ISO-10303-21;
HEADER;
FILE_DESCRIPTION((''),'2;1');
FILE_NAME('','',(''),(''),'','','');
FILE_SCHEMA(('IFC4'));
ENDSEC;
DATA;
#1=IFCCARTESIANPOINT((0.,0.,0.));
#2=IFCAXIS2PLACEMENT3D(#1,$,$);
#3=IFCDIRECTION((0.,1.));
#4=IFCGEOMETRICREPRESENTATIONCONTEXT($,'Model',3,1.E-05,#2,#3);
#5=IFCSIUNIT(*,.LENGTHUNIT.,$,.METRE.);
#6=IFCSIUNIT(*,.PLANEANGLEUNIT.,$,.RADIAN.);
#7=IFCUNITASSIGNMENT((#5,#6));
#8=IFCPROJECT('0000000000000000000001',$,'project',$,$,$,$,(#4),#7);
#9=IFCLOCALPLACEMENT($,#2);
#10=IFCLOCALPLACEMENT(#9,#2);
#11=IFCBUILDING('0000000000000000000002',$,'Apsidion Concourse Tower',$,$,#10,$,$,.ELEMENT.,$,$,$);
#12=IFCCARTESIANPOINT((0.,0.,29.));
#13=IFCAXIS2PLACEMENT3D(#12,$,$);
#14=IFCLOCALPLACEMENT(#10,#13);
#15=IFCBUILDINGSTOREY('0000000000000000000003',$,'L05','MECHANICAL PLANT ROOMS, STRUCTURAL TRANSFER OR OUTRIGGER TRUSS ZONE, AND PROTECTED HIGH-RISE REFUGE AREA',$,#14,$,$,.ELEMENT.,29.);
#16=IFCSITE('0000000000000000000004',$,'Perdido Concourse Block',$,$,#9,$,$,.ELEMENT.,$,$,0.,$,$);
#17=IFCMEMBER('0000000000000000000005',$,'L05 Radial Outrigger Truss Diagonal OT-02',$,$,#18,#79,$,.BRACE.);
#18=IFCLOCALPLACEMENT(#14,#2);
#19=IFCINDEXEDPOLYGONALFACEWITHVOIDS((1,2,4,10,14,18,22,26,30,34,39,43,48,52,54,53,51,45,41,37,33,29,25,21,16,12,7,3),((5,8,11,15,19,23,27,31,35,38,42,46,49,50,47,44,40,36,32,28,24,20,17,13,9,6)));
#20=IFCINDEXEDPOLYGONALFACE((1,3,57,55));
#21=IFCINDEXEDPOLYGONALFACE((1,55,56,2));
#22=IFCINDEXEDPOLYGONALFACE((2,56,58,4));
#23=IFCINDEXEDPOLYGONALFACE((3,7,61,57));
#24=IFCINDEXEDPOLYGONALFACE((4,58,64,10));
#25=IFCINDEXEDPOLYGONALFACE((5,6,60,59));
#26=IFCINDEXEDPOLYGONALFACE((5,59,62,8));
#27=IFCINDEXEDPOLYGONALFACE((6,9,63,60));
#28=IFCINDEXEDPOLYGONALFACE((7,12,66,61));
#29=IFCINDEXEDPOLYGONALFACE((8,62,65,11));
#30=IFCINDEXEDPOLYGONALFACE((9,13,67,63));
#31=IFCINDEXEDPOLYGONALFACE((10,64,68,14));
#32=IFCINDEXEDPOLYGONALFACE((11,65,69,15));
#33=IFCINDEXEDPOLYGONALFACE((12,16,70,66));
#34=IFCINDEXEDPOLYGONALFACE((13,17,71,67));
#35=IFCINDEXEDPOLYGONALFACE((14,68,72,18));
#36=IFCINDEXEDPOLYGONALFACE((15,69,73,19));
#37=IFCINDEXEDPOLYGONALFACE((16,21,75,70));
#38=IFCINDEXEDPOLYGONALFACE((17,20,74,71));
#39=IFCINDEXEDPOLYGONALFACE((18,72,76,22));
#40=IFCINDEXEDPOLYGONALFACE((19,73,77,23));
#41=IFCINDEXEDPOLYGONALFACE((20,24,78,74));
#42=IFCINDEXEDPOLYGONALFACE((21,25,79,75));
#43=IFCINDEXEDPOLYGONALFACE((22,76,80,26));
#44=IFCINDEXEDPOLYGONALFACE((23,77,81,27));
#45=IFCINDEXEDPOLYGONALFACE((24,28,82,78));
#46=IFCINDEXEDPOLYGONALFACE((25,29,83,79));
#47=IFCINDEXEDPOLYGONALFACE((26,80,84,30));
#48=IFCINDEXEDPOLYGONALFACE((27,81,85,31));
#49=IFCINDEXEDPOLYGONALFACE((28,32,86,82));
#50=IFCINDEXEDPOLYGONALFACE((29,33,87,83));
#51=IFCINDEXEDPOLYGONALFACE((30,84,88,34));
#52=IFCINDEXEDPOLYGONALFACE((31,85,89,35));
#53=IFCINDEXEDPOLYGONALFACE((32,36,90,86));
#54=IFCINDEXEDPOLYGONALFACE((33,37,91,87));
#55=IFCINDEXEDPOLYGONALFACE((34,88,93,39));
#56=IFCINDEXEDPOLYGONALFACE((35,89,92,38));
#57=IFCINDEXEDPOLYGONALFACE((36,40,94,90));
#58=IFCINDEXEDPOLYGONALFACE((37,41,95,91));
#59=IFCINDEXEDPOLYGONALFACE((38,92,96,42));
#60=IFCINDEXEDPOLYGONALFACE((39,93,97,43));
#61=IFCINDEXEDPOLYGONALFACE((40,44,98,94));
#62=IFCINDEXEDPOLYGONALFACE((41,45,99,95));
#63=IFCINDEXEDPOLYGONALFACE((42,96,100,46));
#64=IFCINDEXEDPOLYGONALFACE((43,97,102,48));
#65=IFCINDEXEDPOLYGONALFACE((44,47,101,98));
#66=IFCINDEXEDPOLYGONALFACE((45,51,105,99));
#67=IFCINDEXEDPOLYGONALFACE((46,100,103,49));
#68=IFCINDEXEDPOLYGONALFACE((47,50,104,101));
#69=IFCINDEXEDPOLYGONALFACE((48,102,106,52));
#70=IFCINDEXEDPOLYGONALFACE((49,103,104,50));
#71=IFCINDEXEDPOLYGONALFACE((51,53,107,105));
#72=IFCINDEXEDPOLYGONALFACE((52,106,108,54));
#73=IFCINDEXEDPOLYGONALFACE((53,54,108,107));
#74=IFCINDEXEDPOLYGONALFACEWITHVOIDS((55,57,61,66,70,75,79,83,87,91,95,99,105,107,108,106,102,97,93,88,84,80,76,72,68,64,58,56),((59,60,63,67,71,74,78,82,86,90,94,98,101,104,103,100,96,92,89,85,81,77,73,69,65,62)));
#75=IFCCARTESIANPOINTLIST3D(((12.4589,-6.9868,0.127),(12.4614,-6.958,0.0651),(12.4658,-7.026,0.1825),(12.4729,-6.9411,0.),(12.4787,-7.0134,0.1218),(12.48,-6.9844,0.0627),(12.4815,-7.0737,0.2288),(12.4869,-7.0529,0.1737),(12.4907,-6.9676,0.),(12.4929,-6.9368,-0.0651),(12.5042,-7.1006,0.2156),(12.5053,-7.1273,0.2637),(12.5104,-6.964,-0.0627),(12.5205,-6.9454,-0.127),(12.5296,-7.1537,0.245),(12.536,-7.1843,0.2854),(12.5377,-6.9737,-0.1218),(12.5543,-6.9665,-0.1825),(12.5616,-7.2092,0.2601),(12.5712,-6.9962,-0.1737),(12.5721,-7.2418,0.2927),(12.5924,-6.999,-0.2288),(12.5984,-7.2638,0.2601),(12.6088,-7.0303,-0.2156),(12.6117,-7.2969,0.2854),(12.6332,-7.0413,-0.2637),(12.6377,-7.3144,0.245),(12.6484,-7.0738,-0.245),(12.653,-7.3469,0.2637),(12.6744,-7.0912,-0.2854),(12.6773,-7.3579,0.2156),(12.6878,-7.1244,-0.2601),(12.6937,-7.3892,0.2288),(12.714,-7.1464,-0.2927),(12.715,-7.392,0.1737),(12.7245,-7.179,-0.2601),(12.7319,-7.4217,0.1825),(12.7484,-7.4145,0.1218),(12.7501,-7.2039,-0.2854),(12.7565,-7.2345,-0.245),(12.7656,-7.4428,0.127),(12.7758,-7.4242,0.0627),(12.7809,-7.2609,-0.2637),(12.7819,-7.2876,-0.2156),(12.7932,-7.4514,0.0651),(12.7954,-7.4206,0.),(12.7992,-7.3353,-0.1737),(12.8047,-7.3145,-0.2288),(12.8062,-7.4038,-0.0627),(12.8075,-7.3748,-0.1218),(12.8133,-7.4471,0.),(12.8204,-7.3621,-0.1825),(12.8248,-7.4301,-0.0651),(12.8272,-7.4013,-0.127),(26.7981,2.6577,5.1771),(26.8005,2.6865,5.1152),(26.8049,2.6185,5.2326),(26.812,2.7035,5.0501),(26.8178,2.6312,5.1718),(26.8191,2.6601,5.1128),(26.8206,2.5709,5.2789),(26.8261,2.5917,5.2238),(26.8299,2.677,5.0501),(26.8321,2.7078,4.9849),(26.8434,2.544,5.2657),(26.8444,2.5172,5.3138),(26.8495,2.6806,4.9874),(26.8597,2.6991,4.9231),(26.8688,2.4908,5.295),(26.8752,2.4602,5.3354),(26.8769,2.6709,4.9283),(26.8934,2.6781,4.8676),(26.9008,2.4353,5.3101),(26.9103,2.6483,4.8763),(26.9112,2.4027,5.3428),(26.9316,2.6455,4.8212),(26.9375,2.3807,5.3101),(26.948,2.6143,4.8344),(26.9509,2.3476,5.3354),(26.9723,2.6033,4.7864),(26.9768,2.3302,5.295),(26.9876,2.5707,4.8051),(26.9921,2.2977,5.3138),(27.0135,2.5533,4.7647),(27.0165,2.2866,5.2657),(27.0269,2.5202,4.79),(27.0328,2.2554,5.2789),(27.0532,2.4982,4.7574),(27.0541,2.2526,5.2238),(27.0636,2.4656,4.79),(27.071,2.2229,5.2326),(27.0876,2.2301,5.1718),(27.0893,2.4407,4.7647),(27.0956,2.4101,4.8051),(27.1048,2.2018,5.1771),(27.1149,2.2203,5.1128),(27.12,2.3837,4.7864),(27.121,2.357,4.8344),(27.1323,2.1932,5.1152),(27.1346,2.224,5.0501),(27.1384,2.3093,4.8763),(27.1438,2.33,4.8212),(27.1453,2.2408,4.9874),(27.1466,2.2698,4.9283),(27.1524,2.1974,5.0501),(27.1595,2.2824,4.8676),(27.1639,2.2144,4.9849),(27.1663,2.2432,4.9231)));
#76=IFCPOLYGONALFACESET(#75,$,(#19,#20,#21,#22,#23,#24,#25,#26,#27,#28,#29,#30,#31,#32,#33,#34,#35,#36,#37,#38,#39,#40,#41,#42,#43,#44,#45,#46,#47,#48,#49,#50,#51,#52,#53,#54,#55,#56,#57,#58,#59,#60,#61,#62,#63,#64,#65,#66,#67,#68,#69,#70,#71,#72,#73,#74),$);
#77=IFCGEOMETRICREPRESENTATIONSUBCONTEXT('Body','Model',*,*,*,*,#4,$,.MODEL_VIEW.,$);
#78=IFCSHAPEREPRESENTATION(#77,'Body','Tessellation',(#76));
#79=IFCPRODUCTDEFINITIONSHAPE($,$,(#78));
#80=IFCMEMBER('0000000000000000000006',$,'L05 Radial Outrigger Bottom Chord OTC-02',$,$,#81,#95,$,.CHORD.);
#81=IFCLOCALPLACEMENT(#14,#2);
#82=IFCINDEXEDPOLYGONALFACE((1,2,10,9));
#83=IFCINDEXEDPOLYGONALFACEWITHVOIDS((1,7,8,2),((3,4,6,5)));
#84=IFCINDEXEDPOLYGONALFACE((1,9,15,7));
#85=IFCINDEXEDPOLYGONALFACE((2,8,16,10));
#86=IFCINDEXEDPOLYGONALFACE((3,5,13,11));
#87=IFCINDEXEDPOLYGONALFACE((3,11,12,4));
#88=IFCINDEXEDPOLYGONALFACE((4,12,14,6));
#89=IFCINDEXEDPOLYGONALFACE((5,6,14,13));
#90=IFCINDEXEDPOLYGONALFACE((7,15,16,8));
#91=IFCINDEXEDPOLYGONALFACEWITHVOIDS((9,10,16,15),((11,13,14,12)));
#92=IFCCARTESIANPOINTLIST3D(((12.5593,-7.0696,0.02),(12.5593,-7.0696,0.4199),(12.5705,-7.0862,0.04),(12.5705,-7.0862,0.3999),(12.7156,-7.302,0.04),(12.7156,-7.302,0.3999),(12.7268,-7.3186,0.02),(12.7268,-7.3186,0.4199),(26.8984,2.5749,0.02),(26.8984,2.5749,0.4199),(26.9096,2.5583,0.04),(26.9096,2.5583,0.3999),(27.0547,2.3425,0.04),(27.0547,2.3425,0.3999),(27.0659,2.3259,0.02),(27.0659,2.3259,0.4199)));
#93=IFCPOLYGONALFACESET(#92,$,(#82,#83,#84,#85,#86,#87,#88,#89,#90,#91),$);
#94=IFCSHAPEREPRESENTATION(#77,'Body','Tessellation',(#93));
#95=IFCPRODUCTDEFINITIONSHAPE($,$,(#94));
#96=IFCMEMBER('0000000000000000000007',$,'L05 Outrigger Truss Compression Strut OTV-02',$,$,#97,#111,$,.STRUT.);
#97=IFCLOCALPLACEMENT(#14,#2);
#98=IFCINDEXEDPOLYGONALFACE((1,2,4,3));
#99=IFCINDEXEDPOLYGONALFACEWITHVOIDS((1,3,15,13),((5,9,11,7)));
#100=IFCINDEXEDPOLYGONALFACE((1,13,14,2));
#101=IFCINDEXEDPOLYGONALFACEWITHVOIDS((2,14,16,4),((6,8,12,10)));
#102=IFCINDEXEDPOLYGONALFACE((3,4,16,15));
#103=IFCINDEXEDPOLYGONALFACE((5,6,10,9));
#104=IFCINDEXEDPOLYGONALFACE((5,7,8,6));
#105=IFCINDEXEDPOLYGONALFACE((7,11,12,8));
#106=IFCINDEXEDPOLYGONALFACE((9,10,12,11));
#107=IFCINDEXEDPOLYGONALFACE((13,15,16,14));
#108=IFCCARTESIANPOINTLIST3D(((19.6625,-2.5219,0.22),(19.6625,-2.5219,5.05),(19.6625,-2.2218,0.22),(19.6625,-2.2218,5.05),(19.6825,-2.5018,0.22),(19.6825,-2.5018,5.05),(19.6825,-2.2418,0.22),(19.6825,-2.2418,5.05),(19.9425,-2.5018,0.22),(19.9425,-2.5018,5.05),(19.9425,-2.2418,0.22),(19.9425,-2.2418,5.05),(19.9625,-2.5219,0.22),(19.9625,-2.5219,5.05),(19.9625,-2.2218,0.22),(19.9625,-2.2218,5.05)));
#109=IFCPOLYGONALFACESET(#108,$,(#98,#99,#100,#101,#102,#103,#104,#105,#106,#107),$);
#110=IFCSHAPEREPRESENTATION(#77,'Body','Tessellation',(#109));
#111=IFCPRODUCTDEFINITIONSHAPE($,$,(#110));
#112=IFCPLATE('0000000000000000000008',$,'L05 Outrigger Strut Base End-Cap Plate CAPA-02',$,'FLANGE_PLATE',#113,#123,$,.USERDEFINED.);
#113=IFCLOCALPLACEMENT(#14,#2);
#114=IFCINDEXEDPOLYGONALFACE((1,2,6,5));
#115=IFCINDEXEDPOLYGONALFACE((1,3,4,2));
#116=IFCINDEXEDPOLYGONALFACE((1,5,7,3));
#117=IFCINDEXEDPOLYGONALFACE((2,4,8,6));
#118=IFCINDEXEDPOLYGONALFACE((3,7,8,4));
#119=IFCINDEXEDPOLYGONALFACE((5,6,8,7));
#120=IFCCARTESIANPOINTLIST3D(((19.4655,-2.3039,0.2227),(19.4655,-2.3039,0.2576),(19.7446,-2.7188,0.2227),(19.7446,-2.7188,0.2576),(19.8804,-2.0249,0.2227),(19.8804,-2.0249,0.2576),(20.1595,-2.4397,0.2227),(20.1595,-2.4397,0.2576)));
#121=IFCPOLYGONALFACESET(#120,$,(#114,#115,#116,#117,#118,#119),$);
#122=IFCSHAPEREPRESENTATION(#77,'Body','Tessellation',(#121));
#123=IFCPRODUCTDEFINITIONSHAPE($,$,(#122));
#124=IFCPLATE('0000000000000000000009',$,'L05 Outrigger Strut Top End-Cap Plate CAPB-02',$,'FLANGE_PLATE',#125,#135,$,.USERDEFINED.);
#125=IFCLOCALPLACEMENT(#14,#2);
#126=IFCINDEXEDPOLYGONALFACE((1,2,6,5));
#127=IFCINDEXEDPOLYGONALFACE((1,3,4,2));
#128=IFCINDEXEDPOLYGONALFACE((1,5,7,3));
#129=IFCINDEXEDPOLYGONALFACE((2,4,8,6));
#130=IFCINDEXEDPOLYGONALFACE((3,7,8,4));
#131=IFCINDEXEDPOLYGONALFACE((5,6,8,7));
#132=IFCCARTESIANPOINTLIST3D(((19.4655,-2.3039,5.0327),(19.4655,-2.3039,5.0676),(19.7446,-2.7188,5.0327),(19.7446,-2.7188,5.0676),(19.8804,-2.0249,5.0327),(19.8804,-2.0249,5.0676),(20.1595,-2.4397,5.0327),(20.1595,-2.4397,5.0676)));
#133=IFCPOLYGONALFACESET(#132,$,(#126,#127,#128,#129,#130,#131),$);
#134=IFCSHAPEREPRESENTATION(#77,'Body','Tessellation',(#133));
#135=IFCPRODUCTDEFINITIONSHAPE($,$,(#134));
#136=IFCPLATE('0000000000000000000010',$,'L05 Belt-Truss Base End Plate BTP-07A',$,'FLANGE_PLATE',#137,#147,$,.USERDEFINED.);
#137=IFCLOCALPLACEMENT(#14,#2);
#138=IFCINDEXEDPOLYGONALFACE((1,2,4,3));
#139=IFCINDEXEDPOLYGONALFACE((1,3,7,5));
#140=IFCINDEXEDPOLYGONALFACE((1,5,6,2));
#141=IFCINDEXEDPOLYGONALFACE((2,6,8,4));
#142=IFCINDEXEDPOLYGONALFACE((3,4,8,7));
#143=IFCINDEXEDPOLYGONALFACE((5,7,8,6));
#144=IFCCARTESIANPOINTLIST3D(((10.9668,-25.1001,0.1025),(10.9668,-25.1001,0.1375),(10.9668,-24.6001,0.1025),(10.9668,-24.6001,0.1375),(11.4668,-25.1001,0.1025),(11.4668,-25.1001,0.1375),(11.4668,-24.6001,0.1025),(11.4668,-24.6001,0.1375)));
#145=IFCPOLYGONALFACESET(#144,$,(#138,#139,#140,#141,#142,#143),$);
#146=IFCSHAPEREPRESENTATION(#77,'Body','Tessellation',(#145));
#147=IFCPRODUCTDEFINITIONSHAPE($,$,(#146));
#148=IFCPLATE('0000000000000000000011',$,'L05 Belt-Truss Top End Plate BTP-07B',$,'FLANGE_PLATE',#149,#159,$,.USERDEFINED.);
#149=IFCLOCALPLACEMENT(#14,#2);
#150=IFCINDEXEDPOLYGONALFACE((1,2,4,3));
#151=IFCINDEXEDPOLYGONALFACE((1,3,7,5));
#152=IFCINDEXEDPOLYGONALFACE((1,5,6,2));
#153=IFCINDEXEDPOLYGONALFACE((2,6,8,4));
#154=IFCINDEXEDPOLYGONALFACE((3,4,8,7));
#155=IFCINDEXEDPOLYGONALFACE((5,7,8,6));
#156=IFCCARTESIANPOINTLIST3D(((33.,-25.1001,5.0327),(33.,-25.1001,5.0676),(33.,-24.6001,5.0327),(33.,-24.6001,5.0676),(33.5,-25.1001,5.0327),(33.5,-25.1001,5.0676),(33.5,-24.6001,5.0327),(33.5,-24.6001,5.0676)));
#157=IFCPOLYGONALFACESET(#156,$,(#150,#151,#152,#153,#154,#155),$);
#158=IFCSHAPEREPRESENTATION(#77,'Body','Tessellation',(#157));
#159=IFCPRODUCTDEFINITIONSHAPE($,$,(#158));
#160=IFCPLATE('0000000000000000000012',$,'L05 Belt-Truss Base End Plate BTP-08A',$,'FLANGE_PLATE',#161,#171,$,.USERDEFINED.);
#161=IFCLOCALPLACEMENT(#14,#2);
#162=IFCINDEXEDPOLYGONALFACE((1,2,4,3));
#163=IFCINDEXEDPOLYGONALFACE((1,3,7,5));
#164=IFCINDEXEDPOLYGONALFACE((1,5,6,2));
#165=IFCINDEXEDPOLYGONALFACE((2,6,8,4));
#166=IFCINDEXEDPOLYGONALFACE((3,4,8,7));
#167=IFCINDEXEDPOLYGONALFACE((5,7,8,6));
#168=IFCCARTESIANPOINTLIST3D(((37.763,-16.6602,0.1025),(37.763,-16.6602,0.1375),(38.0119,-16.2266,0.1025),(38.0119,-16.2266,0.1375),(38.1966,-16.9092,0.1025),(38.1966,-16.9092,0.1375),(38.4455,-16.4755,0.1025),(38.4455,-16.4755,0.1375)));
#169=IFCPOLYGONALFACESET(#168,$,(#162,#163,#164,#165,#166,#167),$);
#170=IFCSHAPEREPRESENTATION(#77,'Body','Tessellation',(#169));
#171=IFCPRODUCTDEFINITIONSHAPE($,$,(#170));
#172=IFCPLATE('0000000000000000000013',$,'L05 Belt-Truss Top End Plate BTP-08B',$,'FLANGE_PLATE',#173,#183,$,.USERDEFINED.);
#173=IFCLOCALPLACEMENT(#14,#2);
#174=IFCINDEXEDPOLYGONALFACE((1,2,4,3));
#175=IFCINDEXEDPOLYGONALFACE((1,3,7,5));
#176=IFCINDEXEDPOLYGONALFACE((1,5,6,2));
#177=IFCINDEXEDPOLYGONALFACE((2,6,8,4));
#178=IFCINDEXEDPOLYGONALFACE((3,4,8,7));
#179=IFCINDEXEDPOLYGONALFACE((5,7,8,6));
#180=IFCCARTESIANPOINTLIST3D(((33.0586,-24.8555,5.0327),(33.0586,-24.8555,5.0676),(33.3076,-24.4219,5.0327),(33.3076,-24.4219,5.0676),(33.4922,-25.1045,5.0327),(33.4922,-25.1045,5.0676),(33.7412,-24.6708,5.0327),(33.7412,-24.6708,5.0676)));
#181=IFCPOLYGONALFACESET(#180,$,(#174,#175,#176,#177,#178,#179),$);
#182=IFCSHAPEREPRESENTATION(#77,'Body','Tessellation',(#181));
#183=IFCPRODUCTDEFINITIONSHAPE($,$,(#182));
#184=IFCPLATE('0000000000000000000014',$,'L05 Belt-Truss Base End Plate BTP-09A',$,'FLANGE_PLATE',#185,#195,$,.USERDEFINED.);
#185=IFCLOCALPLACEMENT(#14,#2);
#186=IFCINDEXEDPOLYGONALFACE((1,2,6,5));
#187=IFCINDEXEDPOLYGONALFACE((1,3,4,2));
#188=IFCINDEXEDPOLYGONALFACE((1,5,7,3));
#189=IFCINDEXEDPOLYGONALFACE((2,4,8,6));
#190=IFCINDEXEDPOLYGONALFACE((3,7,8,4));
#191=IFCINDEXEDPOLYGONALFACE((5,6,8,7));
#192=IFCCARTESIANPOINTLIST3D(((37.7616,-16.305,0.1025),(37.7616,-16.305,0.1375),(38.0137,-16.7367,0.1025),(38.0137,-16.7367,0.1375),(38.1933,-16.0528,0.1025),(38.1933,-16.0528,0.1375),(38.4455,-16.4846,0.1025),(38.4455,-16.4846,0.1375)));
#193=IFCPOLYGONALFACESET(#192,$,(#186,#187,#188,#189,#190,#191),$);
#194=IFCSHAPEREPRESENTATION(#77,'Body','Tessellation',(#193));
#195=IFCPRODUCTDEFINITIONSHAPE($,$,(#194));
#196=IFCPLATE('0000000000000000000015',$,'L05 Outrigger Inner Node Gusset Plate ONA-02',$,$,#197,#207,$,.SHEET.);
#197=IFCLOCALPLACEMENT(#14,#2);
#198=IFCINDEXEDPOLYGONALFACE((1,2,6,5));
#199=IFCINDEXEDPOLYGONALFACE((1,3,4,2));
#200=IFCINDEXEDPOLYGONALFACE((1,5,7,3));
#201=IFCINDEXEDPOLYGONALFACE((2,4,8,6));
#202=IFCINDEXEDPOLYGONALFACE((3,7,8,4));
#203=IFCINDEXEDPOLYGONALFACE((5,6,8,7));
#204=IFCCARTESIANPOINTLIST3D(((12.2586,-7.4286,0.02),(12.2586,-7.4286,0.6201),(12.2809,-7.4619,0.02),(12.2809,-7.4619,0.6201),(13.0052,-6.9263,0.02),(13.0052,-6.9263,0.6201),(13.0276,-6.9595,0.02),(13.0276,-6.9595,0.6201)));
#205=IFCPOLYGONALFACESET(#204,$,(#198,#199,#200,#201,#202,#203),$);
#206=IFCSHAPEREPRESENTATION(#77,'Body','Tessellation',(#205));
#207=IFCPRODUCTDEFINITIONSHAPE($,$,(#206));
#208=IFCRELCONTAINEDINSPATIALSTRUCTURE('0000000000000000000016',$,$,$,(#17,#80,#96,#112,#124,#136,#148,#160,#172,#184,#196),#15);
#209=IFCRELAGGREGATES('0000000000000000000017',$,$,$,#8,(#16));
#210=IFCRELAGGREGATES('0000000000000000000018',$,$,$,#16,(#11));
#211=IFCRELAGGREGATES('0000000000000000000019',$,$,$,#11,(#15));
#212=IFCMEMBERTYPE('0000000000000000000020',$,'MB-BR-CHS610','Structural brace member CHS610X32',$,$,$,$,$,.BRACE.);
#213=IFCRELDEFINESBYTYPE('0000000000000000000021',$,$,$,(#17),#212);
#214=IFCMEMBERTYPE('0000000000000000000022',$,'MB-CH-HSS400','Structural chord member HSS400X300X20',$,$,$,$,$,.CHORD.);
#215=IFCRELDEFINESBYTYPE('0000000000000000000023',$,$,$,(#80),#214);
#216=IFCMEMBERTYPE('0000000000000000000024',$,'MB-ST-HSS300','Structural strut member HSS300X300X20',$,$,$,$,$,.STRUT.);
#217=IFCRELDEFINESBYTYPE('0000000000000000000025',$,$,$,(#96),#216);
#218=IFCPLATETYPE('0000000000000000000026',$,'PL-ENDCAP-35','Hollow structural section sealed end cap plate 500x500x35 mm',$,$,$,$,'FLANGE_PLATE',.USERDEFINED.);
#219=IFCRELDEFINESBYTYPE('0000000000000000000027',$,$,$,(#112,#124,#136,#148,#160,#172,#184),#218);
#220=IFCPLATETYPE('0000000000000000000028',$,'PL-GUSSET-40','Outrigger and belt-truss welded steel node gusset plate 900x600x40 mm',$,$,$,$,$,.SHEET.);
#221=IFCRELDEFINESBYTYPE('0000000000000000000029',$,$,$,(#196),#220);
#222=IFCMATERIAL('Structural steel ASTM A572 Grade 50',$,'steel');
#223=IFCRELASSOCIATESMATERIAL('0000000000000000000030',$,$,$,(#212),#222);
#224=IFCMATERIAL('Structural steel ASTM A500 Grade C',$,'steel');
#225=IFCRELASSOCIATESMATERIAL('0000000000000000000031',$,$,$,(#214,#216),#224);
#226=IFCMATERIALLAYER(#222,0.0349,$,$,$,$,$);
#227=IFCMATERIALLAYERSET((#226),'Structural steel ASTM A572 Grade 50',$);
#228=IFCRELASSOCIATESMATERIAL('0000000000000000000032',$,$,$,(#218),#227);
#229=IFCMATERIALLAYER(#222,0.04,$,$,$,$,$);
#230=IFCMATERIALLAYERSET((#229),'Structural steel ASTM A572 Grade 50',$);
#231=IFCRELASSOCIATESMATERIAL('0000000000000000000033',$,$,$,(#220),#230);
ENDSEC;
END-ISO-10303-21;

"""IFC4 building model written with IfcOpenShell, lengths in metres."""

from ifc_helpers import new_model, si_unit, direction, frame, origin, origin_2d, place, context, subcontext, project, spatial, rectangle, hollow_rectangle, hollow_circle, extrude, material, layer, layer_set, material_profile, profile_set, type_object, element, save


model = new_model("IFC4")

# Units and contexts
model_context = context("Model", 3, precision=1e-05, world=origin(), true_north=direction((0.0, 1.0)))
body_context = subcontext(model_context, "Body", "Model", "MODEL_VIEW")
ifc_project = project(units=[si_unit("LENGTHUNIT", "METRE"), si_unit("PLANEANGLEUNIT", "RADIAN")], contexts=[model_context])

# Site, building, storey
site_placement = place(None, origin())
site = spatial("IfcSite", under=ifc_project, at=site_placement, Name="Perdido Concourse Block", CompositionType="ELEMENT", RefElevation=0.0)
building_placement = place(site_placement, origin())
building = spatial("IfcBuilding", under=site, at=building_placement, Name="Apsidion Concourse Tower", CompositionType="ELEMENT")
storey_placement = place(building_placement, frame((0.0, 0.0, 29.0)))
storey = spatial("IfcBuildingStorey", under=building, at=storey_placement, Name="L05", Description="MECHANICAL PLANT ROOMS, STRUCTURAL TRANSFER OR OUTRIGGER TRUSS ZONE, AND PROTECTED HIGH-RISE REFUGE AREA", CompositionType="ELEMENT", Elevation=29.0)

# Shared definitions
ifc_material_1 = material(Name="Structural steel ASTM A572 Grade 50", Category="steel")

# Members
ifc_material_2 = material(Name="Structural steel ASTM A500 Grade C", Category="steel")
ifc_material_profile_1 = material_profile(ifc_material_1, hollow_circle(Radius=0.3049, WallThickness=0.032, at=origin_2d()), Name="CHS610X32")
ifc_profile_set_1 = profile_set([ifc_material_profile_1], Name="Structural steel ASTM A572 Grade 50")
member_type_1 = type_object("IfcMemberType", Name="MB-BR-CHS610", Description="Structural brace member CHS610X32", PredefinedType="BRACE", material=ifc_profile_set_1)
member_1_placement = place(storey_placement, frame((12.6431, -7.1941, 0.0), z_axis=(0.796457, 0.5357, 0.280502), x_axis=(-0.558106, 0.82977, 0.0)))
element("IfcMember", 1, at=member_1_placement, inside=storey, type_object=member_type_1, Name="L05 Radial Outrigger Truss Diagonal OT-02", PredefinedType="BRACE", context=body_context, shape_type="SweptSolid", body=[
    extrude(hollow_circle(Radius=0.3049, WallThickness=0.032, at=origin_2d()), origin(), (0.0, 0.0, 1.0), 18.0037),
])
ifc_material_profile_2 = material_profile(ifc_material_2, hollow_rectangle(XDim=0.3, YDim=0.3999, WallThickness=0.02, at=origin_2d()), Name="HSS400X300X20")
ifc_profile_set_2 = profile_set([ifc_material_profile_2], Name="Structural steel ASTM A500 Grade C")
member_type_2 = type_object("IfcMemberType", Name="MB-CH-HSS400", Description="Structural chord member HSS400X300X20", PredefinedType="CHORD", material=ifc_profile_set_2)
member_2_placement = place(storey_placement, frame((12.6431, -7.1941, 0.22), z_axis=(0.82977, 0.558106, 0.0), x_axis=(-0.558106, 0.82977, 0.0)))
element("IfcMember", 2, at=member_2_placement, inside=storey, type_object=member_type_2, Name="L05 Radial Outrigger Bottom Chord OTC-02", PredefinedType="CHORD", context=body_context, shape_type="SweptSolid", body=[
    extrude(hollow_rectangle(XDim=0.3, YDim=0.3999, WallThickness=0.02, at=origin_2d()), origin(), (0.0, 0.0, 1.0), 17.2808),
])
ifc_material_profile_3 = material_profile(ifc_material_2, hollow_rectangle(XDim=0.3, YDim=0.3, WallThickness=0.02, at=origin_2d()), Name="HSS300X300X20")
ifc_profile_set_3 = profile_set([ifc_material_profile_3], Name="Structural steel ASTM A500 Grade C")
member_type_3 = type_object("IfcMemberType", Name="MB-ST-HSS300", Description="Structural strut member HSS300X300X20", PredefinedType="STRUT", material=ifc_profile_set_3)
member_3_placement = place(storey_placement, frame((19.8125, -2.3718, 0.22), z_axis=(0.0, 0.0, 1.0), x_axis=(1.0, 0.0, 0.0)))
element("IfcMember", 3, at=member_3_placement, inside=storey, type_object=member_type_3, Name="L05 Outrigger Truss Compression Strut OTV-02", PredefinedType="STRUT", context=body_context, shape_type="SweptSolid", body=[
    extrude(hollow_rectangle(XDim=0.3, YDim=0.3, WallThickness=0.02, at=origin_2d()), origin(), (0.0, 0.0, 1.0), 4.8301),
])

# Plates
ifc_layer_1 = layer(ifc_material_1, 0.0349)
ifc_layer_set_1 = layer_set([ifc_layer_1], Name="Structural steel ASTM A572 Grade 50")
plate_type_1 = type_object("IfcPlateType", Name="PL-ENDCAP-35", Description="Hollow structural section sealed end cap plate 500x500x35 mm", ElementType="FLANGE_PLATE", PredefinedType="USERDEFINED", material=ifc_layer_set_1)
for number, where, z_axis, x_axis, name in (
    (4, (19.8125, -2.3718, 0.2227), (0.0, 0.0, 1.0), (0.82972, 0.55818, 0.0), "L05 Outrigger Strut Base End-Cap Plate CAPA-02"),
    (5, (19.8125, -2.3718, 5.0327), (0.0, 0.0, 1.0), (0.82972, 0.55818, 0.0), "L05 Outrigger Strut Top End-Cap Plate CAPB-02"),
    (6, (11.2168, -24.8501, 0.1025), (0.0, 0.0, 1.0), (1.0, 0.0, 0.0), "L05 Belt-Truss Base End Plate BTP-07A"),
    (7, (33.25, -24.8501, 5.0327), (0.0, 0.0, 1.0), (1.0, 0.0, 0.0), "L05 Belt-Truss Top End Plate BTP-07B"),
    (8, (38.1042, -16.5679, 0.1025), (0.0, 0.0, 1.0), (0.497882, 0.867245, 0.0), "L05 Belt-Truss Base End Plate BTP-08A"),
    (9, (33.3999, -24.7632, 5.0327), (0.0, 0.0, 1.0), (0.497882, 0.867245, 0.0), "L05 Belt-Truss Top End Plate BTP-08B"),
    (10, (38.1035, -16.3948, 0.1025), (0.0, 0.0, 1.0), (-0.504377, 0.863484, 0.0), "L05 Belt-Truss Base End Plate BTP-09A"),
):
    element("IfcPlate", number, at=place(storey_placement, frame(where, z_axis=z_axis, x_axis=x_axis)), inside=storey, type_object=plate_type_1, Name=name, ObjectType="FLANGE_PLATE", PredefinedType="USERDEFINED", context=body_context, shape_type="SweptSolid", body=[
        extrude(rectangle(XDim=0.5, YDim=0.5, at=origin_2d()), origin(), (0.0, 0.0, 1.0), 0.0349),
    ])
ifc_layer_2 = layer(ifc_material_1, 0.04)
ifc_layer_set_2 = layer_set([ifc_layer_2], Name="Structural steel ASTM A572 Grade 50")
plate_type_2 = type_object("IfcPlateType", Name="PL-GUSSET-40", Description="Outrigger and belt-truss welded steel node gusset plate 900x600x40 mm", PredefinedType="SHEET", material=ifc_layer_set_2)
plate_placement = place(storey_placement, frame((12.6431, -7.1941, 0.02), z_axis=(0.0, 0.0, 1.0), x_axis=(0.82972, 0.55818, 0.0)))
element("IfcPlate", 11, at=plate_placement, inside=storey, type_object=plate_type_2, Name="L05 Outrigger Inner Node Gusset Plate ONA-02", PredefinedType="SHEET", context=body_context, shape_type="SweptSolid", body=[
    extrude(rectangle(XDim=0.8999, YDim=0.04, at=origin_2d()), origin(), (0.0, 0.0, 1.0), 0.6001),
])

save(model, "model.ifc")
